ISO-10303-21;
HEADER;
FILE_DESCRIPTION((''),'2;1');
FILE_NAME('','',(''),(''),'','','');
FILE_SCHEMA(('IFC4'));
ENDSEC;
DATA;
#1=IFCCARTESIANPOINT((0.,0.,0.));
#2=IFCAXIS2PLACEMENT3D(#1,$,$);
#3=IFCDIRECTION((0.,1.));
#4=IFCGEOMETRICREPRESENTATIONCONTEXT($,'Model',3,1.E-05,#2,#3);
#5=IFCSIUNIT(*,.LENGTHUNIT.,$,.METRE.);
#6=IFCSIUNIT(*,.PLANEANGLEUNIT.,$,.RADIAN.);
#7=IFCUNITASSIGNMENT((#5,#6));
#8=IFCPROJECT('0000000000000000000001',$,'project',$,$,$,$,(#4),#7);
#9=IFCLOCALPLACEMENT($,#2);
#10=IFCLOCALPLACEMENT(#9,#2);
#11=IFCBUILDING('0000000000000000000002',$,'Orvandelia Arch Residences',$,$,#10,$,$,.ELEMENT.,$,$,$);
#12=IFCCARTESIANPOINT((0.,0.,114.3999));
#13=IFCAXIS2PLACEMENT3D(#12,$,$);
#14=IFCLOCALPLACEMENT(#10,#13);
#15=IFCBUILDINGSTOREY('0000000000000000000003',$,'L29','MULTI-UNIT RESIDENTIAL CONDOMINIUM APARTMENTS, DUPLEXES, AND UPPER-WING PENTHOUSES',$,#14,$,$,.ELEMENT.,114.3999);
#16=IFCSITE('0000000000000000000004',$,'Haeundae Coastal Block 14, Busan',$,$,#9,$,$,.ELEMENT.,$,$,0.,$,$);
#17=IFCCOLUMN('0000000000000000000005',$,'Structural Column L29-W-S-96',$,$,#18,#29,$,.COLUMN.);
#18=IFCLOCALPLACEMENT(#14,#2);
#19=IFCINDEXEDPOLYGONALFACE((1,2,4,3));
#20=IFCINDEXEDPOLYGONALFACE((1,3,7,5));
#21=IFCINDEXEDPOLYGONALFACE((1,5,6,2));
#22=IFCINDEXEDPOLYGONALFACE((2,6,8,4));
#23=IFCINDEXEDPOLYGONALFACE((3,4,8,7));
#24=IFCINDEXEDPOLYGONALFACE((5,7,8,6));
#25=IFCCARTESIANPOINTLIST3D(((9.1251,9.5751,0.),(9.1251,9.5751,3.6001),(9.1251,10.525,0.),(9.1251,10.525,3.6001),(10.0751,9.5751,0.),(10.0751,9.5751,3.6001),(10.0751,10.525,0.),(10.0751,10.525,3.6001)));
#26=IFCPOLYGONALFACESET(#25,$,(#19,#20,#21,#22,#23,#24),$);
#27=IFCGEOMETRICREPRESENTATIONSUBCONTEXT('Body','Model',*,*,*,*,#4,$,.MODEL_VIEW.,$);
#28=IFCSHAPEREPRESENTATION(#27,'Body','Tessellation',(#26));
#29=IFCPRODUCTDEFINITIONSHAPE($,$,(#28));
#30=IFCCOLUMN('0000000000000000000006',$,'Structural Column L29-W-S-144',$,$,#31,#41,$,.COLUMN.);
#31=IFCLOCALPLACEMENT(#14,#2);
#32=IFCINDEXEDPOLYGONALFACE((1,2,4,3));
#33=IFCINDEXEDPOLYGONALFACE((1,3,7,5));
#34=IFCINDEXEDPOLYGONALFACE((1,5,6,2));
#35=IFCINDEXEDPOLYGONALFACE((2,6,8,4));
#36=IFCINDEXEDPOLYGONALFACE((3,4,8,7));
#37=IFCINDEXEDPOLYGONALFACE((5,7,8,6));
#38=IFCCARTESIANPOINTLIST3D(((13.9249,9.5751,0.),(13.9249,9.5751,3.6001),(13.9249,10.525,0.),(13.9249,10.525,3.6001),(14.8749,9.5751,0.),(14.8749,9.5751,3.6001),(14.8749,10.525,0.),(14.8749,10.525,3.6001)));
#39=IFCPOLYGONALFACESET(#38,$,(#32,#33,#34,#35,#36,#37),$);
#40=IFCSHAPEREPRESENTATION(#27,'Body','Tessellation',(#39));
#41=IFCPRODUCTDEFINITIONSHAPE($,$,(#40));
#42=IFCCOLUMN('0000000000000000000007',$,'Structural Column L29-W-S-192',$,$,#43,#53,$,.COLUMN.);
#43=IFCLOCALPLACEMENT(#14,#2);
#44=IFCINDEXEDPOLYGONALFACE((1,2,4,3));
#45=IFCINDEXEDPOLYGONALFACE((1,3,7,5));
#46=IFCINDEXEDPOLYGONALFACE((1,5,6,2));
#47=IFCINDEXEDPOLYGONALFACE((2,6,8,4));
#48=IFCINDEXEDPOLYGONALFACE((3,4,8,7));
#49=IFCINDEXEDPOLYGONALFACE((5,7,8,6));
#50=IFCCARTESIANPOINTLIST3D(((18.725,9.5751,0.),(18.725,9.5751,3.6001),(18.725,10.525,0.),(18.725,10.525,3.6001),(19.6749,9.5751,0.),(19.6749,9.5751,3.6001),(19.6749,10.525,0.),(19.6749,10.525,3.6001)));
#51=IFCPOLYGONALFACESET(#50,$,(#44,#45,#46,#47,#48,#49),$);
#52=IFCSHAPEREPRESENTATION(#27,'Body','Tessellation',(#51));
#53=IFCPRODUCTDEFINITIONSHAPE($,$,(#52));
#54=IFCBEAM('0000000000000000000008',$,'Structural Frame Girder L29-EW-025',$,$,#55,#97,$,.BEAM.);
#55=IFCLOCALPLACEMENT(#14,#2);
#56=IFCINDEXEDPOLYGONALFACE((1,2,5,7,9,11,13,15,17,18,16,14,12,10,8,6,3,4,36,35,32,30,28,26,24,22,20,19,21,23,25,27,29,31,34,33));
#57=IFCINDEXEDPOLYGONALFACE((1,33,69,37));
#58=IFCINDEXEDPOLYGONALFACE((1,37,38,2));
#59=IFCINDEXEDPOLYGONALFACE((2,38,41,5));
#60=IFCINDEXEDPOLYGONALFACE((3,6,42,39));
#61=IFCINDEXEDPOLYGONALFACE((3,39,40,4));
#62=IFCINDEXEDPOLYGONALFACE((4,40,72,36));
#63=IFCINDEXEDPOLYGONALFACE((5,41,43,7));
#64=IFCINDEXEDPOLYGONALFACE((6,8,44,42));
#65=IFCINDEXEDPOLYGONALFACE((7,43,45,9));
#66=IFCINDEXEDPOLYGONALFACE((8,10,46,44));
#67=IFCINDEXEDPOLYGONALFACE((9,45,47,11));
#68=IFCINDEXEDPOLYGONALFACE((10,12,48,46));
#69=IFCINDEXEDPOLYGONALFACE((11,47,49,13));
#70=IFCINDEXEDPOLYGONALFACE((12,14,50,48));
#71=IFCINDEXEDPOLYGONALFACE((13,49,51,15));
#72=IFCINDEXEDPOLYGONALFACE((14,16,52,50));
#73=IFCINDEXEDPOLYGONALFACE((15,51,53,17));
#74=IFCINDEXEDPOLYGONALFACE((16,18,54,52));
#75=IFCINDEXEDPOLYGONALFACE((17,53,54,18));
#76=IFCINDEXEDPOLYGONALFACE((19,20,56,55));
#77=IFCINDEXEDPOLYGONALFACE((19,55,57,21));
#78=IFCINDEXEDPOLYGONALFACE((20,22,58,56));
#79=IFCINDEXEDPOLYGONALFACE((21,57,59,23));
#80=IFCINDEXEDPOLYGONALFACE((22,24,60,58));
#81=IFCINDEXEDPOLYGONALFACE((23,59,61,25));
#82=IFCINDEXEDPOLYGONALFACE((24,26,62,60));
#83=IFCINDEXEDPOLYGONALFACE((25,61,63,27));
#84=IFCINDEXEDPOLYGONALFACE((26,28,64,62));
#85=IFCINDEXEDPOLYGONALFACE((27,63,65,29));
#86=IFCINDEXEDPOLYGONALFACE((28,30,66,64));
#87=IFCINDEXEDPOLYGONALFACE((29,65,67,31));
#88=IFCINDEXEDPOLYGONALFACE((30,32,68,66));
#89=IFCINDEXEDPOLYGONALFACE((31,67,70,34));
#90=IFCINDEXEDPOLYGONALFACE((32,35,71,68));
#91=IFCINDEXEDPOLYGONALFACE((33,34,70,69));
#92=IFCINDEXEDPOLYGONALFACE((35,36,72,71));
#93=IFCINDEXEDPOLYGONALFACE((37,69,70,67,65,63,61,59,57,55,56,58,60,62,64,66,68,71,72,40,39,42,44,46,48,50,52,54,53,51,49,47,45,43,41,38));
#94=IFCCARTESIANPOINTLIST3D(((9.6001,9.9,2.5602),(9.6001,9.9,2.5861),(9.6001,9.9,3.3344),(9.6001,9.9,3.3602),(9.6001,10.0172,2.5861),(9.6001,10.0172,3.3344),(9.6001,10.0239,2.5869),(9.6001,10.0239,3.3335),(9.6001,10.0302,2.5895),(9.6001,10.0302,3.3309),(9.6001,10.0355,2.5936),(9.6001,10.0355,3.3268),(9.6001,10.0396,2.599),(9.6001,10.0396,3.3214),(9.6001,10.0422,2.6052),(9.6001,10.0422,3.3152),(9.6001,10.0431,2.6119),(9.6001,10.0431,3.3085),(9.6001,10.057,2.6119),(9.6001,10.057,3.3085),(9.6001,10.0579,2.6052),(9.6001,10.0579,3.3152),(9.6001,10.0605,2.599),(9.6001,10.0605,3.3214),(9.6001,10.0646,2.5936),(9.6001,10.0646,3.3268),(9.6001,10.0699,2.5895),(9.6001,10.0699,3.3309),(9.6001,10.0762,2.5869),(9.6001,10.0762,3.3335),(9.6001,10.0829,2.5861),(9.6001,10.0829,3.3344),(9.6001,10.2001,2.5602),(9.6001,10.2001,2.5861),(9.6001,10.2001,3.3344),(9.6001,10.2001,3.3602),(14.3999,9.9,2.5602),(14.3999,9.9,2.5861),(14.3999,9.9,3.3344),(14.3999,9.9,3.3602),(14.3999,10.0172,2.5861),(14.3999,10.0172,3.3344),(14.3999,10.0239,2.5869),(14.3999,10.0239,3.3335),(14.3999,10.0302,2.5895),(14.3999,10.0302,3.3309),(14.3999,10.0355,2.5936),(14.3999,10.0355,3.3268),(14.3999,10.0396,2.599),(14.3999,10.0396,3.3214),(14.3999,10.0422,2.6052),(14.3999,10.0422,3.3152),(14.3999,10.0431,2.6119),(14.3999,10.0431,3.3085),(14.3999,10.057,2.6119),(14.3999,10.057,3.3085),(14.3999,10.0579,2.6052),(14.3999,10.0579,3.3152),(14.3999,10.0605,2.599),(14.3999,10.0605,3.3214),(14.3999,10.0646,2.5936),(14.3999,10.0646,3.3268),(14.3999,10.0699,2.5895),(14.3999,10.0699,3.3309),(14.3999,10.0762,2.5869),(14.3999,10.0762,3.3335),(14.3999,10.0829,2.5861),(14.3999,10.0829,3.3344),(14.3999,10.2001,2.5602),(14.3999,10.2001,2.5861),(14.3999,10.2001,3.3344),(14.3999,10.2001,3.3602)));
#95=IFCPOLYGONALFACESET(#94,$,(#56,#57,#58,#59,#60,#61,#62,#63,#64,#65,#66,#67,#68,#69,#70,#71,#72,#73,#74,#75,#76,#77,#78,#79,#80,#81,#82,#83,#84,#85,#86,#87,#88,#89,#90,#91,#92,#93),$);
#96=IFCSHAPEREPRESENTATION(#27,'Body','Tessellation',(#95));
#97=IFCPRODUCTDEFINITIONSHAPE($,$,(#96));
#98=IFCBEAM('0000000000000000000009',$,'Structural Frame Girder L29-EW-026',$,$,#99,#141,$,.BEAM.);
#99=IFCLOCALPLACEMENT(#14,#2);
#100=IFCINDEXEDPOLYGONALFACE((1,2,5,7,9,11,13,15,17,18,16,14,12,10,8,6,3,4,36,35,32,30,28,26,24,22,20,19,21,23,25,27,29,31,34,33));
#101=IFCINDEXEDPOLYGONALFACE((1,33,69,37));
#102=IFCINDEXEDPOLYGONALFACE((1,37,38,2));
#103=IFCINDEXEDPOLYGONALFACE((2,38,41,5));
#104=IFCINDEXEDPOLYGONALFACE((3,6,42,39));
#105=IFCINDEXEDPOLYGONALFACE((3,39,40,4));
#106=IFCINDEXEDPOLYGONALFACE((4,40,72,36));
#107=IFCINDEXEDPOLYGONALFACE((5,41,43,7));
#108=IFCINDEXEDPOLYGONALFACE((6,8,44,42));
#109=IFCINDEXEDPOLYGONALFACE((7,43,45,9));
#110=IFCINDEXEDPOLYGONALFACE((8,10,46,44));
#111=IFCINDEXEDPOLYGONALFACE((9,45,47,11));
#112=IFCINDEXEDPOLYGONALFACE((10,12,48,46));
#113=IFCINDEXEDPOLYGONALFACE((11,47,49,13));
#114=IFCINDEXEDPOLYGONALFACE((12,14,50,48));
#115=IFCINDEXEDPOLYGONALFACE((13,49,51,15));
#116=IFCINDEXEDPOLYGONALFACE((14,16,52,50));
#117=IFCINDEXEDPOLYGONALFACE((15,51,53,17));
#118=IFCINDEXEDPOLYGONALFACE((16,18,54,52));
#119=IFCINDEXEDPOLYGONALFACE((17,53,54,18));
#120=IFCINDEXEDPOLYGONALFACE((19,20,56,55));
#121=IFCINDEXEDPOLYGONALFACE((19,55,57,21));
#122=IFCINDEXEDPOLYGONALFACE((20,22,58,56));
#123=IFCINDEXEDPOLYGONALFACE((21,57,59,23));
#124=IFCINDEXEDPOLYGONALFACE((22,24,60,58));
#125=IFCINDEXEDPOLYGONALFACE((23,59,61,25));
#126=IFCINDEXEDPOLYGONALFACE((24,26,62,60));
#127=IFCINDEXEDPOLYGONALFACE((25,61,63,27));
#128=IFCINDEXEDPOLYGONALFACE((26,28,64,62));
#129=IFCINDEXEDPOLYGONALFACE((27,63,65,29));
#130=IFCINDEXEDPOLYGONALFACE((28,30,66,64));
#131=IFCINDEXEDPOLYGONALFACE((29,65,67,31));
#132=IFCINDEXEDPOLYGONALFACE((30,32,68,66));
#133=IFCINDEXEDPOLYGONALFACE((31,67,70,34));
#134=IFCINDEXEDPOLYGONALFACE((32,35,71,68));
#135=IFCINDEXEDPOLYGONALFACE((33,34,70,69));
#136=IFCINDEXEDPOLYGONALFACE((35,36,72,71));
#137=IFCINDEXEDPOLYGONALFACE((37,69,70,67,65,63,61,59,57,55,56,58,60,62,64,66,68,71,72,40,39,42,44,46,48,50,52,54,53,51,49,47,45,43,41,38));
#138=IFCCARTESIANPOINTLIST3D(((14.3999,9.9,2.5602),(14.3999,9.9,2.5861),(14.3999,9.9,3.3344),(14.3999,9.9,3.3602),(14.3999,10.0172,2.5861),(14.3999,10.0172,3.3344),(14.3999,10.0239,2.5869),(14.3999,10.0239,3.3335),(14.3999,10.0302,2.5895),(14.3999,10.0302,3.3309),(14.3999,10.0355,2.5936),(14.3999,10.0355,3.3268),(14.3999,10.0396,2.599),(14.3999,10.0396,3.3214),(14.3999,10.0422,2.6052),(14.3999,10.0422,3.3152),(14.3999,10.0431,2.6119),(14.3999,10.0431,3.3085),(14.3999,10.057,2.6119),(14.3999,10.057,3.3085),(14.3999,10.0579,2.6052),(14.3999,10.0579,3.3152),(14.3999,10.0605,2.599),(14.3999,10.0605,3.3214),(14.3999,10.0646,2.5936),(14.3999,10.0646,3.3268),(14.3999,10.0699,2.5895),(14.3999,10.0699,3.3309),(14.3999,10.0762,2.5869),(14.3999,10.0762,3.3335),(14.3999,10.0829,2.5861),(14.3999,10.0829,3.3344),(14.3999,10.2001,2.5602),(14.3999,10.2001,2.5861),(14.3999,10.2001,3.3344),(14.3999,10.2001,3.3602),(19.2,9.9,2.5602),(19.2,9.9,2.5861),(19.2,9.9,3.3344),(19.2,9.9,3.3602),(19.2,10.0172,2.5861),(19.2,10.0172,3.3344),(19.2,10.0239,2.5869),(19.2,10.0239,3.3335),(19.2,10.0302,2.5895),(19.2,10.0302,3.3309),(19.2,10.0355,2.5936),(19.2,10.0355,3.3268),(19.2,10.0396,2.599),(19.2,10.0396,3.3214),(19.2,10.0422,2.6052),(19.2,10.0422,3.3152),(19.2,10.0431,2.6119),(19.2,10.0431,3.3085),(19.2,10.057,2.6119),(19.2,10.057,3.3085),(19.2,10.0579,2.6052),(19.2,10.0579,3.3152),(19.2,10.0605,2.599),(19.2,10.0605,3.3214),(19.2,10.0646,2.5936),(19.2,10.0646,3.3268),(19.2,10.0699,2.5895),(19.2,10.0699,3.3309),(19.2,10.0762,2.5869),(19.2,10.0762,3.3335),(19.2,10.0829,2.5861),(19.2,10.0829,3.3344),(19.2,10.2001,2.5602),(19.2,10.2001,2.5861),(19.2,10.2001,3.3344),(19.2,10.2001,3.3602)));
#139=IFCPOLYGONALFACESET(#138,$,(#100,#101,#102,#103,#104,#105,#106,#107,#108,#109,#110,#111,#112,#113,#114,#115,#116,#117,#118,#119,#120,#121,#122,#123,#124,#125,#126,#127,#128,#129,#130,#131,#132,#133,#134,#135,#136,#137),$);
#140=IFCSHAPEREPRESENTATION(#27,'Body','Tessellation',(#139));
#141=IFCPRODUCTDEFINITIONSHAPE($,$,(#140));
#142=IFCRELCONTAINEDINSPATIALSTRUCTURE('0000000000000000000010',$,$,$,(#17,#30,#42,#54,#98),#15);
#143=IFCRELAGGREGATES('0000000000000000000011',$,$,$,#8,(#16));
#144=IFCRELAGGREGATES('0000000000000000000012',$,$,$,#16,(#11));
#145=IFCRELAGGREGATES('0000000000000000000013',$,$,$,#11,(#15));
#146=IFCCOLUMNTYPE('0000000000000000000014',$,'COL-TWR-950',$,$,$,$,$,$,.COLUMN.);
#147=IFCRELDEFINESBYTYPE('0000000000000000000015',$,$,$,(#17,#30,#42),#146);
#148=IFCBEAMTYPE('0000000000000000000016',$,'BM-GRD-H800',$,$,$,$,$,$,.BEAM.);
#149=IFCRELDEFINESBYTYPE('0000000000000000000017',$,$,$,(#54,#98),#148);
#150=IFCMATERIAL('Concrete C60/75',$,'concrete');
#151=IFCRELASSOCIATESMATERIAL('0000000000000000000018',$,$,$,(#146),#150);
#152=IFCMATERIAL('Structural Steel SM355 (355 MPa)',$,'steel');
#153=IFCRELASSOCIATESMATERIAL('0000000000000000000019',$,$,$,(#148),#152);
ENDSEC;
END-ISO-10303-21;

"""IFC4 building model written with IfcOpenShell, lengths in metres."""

from ifc_helpers import new_model, si_unit, direction, frame, origin, origin_2d, place, context, subcontext, project, spatial, rectangle, i_section, extrude, material, material_profile, profile_set, type_object, element, save


model = new_model("IFC4")

# Units and contexts
model_context = context("Model", 3, precision=1e-05, world=origin(), true_north=direction((0.0, 1.0)))
body_context = subcontext(model_context, "Body", "Model", "MODEL_VIEW")
ifc_project = project(units=[si_unit("LENGTHUNIT", "METRE"), si_unit("PLANEANGLEUNIT", "RADIAN")], contexts=[model_context])

# Site, building, storey
site_placement = place(None, origin())
site = spatial("IfcSite", under=ifc_project, at=site_placement, Name="Haeundae Coastal Block 14, Busan", CompositionType="ELEMENT", RefElevation=0.0)
building_placement = place(site_placement, origin())
building = spatial("IfcBuilding", under=site, at=building_placement, Name="Orvandelia Arch Residences", CompositionType="ELEMENT")
storey_placement = place(building_placement, frame((0.0, 0.0, 114.3999)))
storey = spatial("IfcBuildingStorey", under=building, at=storey_placement, Name="L29", Description="MULTI-UNIT RESIDENTIAL CONDOMINIUM APARTMENTS, DUPLEXES, AND UPPER-WING PENTHOUSES", CompositionType="ELEMENT", Elevation=114.3999)

# Columns
ifc_material_1 = material(Name="Concrete C60/75", Category="concrete")
ifc_material_profile_1 = material_profile(ifc_material_1, rectangle(XDim=0.95, YDim=0.95, at=origin_2d()), Name="Concrete C60/75", Category="concrete")
ifc_profile_set_1 = profile_set([ifc_material_profile_1], Name="Concrete C60/75")
column_type = type_object("IfcColumnType", Name="COL-TWR-950", PredefinedType="COLUMN", material=ifc_profile_set_1)
for number, where, z_axis, x_axis, name in (
    (1, (9.6001, 10.05, 0.0), (0.0, 0.0, 1.0), (1.0, 0.0, 0.0), "Structural Column L29-W-S-96"),
    (2, (14.3999, 10.05, 0.0), (0.0, 0.0, 1.0), (1.0, 0.0, 0.0), "Structural Column L29-W-S-144"),
    (3, (19.2, 10.05, 0.0), (0.0, 0.0, 1.0), (1.0, 0.0, 0.0), "Structural Column L29-W-S-192"),
):
    element("IfcColumn", number, at=place(storey_placement, frame(where, z_axis=z_axis, x_axis=x_axis)), inside=storey, type_object=column_type, Name=name, PredefinedType="COLUMN", context=body_context, shape_type="SweptSolid", body=[
        extrude(rectangle(XDim=0.95, YDim=0.95, at=origin_2d()), origin(), (0.0, 0.0, 1.0), 3.6001),
    ])

# Beams
ifc_material_2 = material(Name="Structural Steel SM355 (355 MPa)", Category="steel")
ifc_material_profile_2 = material_profile(ifc_material_2, i_section(OverallWidth=0.3, OverallDepth=0.8, WebThickness=0.0139, FlangeThickness=0.0259, FilletRadius=0.0259, at=origin_2d()), Name="Structural Steel SM355 (355 MPa)", Category="steel")
ifc_profile_set_2 = profile_set([ifc_material_profile_2], Name="Structural Steel SM355 (355 MPa)")
beam_type = type_object("IfcBeamType", Name="BM-GRD-H800", PredefinedType="BEAM", material=ifc_profile_set_2)
beam_1_placement = place(storey_placement, frame((9.6001, 10.05, 2.9602), z_axis=(1.0, 0.0, 0.0), x_axis=(0.0, 1.0, 0.0)))
element("IfcBeam", 4, at=beam_1_placement, inside=storey, type_object=beam_type, Name="Structural Frame Girder L29-EW-025", PredefinedType="BEAM", context=body_context, shape_type="SweptSolid", body=[
    extrude(i_section(OverallWidth=0.3, OverallDepth=0.8, WebThickness=0.0139, FlangeThickness=0.0259, FilletRadius=0.0259, at=origin_2d()), origin(), (0.0, 0.0, 1.0), 4.7998),
])
beam_2_placement = place(storey_placement, frame((14.3999, 10.05, 2.9602), z_axis=(1.0, 0.0, 0.0), x_axis=(0.0, 1.0, 0.0)))
element("IfcBeam", 5, at=beam_2_placement, inside=storey, type_object=beam_type, Name="Structural Frame Girder L29-EW-026", PredefinedType="BEAM", context=body_context, shape_type="SweptSolid", body=[
    extrude(i_section(OverallWidth=0.3, OverallDepth=0.8, WebThickness=0.0139, FlangeThickness=0.0259, FilletRadius=0.0259, at=origin_2d()), origin(), (0.0, 0.0, 1.0), 4.8),
])

save(model, "model.ifc")
